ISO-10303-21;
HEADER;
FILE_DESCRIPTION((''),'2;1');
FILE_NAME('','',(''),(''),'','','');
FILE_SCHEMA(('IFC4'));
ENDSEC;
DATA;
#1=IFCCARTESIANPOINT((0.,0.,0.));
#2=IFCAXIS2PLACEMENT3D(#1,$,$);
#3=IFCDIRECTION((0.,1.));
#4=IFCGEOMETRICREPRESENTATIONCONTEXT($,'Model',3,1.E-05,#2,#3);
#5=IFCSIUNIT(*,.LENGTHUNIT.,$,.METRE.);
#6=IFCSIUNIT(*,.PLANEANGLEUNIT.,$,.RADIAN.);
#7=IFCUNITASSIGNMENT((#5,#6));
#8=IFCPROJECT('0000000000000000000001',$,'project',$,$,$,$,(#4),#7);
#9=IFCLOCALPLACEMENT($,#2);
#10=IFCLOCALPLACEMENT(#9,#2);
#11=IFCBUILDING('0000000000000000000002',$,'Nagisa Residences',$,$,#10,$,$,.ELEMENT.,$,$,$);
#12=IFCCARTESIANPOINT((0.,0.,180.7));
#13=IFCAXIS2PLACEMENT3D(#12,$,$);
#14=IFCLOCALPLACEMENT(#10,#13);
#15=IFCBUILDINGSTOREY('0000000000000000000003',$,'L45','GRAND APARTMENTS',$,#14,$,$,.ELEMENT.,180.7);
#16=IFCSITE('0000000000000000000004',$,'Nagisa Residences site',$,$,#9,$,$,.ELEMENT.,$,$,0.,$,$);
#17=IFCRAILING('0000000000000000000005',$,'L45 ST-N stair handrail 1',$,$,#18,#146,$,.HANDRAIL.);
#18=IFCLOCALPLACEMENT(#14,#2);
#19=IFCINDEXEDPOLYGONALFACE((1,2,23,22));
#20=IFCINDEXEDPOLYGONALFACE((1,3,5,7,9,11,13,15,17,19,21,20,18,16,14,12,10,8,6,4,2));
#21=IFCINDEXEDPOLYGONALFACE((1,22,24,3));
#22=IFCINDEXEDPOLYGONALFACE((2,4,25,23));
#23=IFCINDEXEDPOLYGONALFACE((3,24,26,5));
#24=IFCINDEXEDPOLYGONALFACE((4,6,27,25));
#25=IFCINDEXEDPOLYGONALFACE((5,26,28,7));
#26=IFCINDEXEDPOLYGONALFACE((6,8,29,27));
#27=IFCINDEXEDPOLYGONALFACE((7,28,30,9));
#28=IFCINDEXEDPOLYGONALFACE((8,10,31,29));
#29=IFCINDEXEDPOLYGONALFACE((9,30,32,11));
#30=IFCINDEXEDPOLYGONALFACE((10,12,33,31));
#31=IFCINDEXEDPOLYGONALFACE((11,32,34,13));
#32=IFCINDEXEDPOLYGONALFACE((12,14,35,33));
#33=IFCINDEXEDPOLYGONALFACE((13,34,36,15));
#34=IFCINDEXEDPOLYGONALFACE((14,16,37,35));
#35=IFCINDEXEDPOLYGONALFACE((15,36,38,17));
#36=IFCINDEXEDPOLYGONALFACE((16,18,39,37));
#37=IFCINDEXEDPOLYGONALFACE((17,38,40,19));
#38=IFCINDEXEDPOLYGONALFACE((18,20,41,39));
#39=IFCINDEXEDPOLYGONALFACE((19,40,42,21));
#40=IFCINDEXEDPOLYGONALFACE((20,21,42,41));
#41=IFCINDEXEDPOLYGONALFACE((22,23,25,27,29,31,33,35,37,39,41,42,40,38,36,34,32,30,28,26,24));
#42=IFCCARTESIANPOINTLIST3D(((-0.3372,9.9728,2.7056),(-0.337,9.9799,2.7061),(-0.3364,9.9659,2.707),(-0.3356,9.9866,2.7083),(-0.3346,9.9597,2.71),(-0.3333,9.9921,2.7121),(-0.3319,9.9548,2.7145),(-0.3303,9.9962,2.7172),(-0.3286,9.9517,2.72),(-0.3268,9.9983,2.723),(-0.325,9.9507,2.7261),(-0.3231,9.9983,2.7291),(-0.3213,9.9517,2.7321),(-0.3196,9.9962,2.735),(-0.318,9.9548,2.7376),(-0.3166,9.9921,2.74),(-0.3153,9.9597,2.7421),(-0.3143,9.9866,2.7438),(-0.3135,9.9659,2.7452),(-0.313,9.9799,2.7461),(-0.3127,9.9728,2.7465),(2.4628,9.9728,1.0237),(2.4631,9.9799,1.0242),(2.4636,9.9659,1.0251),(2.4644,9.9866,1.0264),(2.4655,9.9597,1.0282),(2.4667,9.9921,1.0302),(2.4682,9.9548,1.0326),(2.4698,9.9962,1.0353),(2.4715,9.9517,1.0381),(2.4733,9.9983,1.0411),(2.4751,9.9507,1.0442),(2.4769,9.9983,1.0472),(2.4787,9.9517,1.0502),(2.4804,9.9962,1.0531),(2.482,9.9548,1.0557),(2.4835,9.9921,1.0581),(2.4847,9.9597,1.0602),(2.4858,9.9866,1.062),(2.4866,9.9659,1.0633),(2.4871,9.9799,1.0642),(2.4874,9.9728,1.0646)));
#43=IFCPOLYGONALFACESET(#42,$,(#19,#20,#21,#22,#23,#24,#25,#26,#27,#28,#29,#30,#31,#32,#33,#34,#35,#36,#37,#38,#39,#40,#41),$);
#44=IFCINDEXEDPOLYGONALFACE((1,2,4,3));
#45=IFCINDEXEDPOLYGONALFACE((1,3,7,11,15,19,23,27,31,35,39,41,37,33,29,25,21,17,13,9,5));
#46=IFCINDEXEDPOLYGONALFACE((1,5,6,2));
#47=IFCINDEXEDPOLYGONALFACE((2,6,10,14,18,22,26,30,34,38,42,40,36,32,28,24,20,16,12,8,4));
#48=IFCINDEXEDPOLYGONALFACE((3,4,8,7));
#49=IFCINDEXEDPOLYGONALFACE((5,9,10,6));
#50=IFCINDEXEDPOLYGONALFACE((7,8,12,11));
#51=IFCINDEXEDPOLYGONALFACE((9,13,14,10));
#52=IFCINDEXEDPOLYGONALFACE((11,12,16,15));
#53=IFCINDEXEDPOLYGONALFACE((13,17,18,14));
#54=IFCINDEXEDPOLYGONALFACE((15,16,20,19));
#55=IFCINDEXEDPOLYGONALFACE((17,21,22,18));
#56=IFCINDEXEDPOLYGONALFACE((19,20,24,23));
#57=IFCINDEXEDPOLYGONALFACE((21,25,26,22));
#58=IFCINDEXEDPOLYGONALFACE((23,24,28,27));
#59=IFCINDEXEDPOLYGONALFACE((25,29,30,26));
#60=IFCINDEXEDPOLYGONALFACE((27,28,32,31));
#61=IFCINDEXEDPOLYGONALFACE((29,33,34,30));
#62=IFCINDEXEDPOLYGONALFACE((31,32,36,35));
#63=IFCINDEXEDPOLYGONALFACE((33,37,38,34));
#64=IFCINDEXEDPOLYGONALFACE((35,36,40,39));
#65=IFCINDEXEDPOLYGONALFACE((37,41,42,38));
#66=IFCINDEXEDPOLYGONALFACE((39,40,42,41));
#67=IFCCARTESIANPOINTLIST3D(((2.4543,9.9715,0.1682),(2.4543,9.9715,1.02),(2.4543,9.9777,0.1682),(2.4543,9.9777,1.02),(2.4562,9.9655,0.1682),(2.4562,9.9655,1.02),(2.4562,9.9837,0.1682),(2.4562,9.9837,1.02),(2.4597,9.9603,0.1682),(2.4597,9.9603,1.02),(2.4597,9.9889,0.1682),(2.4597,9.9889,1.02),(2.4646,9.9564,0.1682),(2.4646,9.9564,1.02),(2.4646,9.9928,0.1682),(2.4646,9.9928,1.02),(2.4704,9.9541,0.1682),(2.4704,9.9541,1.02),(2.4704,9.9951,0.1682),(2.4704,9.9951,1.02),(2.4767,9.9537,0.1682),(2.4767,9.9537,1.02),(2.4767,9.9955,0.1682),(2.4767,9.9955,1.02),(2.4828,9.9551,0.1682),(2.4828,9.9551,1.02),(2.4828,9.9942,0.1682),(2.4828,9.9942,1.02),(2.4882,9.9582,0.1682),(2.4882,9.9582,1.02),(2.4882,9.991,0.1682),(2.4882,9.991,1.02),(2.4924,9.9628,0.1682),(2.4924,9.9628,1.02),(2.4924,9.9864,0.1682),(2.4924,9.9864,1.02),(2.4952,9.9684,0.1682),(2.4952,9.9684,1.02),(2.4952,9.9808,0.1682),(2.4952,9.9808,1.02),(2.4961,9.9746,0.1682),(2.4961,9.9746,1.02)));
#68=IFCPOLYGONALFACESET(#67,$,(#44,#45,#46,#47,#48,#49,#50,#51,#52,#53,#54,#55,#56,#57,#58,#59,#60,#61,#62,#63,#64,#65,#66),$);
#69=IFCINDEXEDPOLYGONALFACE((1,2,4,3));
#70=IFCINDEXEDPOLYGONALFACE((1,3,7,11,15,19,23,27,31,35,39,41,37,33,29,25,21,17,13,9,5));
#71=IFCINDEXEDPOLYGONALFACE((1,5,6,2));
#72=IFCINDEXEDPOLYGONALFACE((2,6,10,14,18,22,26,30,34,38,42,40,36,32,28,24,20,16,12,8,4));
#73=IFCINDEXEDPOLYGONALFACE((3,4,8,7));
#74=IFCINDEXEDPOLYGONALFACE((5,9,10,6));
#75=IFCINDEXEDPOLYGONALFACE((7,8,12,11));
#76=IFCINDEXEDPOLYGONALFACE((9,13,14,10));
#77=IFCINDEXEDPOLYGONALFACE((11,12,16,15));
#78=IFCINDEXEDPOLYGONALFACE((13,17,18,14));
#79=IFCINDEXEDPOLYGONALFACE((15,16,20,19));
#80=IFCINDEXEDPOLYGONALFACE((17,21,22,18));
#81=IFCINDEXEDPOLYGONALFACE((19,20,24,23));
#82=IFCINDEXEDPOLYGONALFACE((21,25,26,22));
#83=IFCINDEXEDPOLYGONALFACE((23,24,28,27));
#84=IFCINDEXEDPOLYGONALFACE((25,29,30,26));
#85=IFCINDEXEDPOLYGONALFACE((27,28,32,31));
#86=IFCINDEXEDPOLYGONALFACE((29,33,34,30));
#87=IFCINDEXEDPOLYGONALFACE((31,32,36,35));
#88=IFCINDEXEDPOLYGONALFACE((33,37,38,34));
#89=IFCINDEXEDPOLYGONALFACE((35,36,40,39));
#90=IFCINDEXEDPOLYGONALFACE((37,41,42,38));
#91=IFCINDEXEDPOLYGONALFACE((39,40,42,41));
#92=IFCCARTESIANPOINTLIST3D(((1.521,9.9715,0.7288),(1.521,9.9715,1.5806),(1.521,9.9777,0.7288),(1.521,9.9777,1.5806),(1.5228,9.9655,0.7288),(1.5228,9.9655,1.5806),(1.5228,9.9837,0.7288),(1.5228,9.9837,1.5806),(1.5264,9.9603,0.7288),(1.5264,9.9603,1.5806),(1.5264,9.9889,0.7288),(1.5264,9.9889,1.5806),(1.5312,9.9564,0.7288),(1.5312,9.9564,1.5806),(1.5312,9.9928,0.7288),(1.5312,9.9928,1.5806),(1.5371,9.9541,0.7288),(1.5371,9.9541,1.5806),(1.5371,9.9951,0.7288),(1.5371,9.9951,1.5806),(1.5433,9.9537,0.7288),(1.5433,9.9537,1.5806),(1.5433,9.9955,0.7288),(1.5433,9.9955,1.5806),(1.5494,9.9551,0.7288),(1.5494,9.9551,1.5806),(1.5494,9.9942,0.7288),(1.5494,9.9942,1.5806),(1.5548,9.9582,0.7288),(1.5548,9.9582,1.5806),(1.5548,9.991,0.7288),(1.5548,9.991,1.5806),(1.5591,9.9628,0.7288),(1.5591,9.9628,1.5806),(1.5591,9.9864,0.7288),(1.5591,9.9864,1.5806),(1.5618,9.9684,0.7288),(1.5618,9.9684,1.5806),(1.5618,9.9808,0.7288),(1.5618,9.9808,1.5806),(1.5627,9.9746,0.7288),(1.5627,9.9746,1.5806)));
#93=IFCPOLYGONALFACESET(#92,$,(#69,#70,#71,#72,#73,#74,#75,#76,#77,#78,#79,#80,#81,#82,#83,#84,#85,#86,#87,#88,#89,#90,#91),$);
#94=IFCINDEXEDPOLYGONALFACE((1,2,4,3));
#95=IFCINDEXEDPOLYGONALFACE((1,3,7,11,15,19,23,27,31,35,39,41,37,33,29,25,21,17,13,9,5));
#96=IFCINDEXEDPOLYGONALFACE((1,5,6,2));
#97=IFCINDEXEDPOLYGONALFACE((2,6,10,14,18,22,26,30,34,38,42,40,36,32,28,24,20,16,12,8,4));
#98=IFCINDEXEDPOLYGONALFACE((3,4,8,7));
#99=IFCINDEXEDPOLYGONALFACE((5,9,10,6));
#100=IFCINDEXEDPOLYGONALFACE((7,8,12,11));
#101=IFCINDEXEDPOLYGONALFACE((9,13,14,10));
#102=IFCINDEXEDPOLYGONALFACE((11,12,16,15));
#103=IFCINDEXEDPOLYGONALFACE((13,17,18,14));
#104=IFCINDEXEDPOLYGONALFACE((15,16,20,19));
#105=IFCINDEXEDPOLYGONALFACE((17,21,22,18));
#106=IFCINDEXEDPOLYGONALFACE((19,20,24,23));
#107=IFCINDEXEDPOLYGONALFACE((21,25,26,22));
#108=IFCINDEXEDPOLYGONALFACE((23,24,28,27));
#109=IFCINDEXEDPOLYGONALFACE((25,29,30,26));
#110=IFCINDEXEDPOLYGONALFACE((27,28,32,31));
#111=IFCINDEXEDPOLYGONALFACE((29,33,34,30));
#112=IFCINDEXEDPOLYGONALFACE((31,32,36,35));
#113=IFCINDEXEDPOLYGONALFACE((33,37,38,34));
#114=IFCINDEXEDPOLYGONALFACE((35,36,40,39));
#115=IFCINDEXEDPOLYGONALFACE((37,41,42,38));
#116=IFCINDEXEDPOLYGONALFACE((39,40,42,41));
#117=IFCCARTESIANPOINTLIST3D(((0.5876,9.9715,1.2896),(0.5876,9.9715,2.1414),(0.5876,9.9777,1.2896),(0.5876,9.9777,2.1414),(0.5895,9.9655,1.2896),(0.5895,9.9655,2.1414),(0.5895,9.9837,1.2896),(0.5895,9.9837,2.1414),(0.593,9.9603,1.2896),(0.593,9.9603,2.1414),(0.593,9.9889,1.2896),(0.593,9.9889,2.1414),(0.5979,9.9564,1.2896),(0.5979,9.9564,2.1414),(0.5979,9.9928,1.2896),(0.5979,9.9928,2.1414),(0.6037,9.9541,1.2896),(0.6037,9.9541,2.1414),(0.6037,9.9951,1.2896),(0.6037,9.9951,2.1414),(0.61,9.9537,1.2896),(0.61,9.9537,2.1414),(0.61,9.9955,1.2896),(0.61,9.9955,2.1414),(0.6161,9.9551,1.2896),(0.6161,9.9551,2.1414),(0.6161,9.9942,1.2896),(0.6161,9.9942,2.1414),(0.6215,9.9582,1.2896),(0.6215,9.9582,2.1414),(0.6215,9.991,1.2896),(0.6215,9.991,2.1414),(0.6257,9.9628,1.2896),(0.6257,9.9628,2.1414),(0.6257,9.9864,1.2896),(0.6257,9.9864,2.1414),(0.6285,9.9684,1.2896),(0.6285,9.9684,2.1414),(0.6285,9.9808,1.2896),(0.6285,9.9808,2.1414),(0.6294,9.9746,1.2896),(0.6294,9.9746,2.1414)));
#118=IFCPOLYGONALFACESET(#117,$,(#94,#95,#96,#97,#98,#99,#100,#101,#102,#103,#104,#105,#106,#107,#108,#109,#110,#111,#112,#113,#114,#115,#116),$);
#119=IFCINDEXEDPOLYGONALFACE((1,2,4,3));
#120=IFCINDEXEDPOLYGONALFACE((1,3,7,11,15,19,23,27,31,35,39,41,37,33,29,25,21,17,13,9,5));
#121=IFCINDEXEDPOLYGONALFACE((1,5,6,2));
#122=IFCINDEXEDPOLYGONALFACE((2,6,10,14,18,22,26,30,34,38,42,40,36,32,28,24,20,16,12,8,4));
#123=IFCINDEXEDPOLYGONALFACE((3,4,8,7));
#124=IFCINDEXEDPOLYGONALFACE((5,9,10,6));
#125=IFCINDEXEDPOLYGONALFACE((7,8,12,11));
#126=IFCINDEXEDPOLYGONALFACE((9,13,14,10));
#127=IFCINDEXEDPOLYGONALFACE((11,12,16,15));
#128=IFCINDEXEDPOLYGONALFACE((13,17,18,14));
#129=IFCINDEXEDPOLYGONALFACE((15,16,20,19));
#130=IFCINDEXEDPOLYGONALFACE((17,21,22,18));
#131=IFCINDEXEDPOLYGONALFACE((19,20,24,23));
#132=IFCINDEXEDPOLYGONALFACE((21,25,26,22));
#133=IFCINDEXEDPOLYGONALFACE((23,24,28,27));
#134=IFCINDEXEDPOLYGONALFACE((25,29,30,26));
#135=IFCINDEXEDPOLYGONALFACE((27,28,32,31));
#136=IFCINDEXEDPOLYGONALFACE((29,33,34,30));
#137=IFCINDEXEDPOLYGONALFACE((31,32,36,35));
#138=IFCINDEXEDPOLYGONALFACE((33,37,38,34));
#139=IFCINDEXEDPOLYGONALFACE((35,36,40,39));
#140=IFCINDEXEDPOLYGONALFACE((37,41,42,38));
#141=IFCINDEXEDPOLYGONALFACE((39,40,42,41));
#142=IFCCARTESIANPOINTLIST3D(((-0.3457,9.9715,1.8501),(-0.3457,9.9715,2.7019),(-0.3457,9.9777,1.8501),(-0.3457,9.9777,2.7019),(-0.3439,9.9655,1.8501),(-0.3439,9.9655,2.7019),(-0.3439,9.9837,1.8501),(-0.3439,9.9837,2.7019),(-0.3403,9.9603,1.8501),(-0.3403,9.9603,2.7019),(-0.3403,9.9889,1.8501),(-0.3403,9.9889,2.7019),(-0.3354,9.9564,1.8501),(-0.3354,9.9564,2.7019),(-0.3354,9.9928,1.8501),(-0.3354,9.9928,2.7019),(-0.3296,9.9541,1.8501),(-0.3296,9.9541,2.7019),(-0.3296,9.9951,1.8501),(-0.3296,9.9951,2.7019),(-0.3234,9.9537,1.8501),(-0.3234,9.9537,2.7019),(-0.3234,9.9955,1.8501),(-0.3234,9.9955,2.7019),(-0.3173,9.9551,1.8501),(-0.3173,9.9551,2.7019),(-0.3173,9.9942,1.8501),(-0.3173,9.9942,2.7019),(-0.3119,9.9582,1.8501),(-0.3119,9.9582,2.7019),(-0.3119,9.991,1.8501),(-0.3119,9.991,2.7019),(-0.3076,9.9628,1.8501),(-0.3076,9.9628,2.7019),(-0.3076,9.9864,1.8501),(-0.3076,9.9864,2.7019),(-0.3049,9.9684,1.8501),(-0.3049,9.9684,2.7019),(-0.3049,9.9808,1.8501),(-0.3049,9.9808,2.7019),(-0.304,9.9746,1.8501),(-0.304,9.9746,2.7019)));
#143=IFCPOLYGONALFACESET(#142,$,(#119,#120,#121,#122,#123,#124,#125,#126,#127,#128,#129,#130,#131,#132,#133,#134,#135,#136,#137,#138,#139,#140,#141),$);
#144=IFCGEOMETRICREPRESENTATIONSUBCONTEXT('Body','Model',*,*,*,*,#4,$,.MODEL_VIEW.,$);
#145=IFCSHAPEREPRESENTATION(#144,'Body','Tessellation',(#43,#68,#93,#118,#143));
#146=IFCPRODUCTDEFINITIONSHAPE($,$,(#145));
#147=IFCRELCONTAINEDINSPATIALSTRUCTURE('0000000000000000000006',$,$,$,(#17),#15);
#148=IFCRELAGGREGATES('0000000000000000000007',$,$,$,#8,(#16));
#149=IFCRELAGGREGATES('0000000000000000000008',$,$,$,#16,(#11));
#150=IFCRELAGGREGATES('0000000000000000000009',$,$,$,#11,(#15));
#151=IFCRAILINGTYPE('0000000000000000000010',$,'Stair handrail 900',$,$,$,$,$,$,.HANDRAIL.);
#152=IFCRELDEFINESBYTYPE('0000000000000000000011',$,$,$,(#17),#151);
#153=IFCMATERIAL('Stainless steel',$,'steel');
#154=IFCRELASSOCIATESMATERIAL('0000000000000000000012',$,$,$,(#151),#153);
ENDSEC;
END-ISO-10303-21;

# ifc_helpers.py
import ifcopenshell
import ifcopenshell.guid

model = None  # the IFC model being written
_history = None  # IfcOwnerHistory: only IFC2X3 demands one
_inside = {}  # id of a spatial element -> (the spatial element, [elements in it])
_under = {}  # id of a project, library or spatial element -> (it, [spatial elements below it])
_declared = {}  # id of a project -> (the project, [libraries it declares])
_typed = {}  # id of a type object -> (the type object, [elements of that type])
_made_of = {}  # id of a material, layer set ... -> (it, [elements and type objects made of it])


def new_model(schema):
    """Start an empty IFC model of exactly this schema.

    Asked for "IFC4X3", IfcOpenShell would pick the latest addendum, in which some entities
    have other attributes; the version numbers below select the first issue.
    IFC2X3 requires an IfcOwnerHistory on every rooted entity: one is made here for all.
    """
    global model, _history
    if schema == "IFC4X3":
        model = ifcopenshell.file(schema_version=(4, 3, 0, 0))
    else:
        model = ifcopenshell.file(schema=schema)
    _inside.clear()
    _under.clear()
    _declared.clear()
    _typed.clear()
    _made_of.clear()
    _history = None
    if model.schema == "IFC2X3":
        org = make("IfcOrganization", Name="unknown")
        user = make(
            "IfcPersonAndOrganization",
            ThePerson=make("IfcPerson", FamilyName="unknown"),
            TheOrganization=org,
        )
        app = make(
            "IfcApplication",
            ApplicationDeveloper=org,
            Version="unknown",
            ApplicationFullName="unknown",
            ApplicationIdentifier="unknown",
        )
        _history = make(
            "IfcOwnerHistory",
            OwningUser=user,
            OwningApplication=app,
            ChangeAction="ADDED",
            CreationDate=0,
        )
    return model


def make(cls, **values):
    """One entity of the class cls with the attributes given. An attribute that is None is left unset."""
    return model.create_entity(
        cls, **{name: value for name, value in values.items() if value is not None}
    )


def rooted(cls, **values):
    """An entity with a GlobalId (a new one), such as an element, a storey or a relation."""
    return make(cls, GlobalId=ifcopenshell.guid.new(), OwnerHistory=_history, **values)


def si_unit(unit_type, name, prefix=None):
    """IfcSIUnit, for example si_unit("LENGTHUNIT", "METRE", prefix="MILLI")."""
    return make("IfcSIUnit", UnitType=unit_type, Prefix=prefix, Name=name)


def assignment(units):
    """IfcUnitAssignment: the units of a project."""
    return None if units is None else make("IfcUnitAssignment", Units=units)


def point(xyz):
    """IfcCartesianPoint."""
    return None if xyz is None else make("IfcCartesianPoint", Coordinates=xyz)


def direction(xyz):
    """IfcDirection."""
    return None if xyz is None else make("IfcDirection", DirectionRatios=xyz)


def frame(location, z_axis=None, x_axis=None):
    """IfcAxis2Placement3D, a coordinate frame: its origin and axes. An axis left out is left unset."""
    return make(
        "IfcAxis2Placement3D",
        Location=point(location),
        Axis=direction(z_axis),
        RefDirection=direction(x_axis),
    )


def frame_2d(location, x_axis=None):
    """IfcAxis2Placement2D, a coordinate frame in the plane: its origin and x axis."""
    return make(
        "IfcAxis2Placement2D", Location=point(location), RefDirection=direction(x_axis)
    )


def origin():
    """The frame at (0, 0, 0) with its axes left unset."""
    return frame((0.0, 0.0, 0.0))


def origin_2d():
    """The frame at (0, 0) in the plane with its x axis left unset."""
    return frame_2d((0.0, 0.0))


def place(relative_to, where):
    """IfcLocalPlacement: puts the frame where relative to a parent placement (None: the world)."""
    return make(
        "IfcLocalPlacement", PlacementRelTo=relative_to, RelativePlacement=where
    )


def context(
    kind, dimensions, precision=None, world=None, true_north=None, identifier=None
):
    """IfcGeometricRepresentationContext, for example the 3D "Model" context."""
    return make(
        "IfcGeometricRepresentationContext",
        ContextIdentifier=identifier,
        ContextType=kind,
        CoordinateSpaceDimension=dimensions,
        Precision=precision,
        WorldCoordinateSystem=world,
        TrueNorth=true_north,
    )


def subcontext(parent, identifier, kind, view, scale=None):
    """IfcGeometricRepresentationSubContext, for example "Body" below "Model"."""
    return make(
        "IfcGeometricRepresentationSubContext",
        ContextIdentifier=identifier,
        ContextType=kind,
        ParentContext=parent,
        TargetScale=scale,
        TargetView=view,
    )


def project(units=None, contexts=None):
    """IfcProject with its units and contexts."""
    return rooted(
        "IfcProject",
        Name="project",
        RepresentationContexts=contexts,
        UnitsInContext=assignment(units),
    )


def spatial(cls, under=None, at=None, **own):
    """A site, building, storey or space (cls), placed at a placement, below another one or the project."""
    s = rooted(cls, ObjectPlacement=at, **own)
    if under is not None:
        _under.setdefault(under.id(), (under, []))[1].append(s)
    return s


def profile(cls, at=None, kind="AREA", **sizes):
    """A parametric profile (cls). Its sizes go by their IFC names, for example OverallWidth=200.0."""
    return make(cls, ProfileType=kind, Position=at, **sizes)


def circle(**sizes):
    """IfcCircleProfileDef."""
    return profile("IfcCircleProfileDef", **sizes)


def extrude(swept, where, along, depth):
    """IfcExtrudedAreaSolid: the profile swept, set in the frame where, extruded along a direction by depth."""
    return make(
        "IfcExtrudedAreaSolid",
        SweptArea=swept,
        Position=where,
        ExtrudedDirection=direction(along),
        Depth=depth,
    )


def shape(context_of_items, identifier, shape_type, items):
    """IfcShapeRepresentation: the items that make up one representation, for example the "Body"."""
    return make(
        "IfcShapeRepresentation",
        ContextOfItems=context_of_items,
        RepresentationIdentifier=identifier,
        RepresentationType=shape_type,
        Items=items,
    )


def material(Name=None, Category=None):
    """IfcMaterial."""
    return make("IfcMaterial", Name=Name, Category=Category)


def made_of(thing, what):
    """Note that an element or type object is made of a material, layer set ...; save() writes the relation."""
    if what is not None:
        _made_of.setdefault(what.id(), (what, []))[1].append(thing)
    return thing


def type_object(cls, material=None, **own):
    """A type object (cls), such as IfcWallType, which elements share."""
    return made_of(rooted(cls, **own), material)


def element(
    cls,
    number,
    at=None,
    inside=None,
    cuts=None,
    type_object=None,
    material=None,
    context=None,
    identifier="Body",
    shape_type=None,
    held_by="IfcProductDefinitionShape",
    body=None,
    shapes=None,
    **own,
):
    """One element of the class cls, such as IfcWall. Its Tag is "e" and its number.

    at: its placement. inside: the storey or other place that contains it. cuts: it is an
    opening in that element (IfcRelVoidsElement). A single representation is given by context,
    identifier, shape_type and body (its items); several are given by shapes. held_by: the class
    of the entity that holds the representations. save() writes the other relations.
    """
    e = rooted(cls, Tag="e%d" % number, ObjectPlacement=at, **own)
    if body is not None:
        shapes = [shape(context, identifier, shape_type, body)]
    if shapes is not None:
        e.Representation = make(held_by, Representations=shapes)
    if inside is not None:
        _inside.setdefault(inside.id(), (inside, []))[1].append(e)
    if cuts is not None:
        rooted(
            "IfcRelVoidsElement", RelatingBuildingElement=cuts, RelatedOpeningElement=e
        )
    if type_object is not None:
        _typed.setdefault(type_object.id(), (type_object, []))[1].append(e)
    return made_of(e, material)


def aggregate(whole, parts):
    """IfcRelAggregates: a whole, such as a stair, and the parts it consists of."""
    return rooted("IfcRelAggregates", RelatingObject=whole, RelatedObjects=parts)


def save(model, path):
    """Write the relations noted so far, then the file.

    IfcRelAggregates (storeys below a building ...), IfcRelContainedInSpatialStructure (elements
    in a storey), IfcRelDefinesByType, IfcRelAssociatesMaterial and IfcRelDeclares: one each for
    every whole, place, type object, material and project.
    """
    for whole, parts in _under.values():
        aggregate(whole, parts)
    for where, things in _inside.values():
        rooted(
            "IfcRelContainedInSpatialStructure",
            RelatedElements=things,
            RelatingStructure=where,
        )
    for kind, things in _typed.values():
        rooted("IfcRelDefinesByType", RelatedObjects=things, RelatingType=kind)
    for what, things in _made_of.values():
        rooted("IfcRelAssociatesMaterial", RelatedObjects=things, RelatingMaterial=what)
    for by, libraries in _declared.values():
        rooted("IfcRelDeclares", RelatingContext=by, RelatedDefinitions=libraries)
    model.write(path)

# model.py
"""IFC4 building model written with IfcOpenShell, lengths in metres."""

from ifc_helpers import new_model, si_unit, direction, frame, origin, origin_2d, place, context, subcontext, project, spatial, circle, extrude, material, type_object, element, save


model = new_model("IFC4")

# Units and contexts
model_context = context("Model", 3, precision=1e-05, world=origin(), true_north=direction((0.0, 1.0)))
body_context = subcontext(model_context, "Body", "Model", "MODEL_VIEW")
ifc_project = project(units=[si_unit("LENGTHUNIT", "METRE"), si_unit("PLANEANGLEUNIT", "RADIAN")], contexts=[model_context])

# Site, building, storey
site_placement = place(None, origin())
site = spatial("IfcSite", under=ifc_project, at=site_placement, Name="Nagisa Residences site", CompositionType="ELEMENT", RefElevation=0.0)
building_placement = place(site_placement, origin())
building = spatial("IfcBuilding", under=site, at=building_placement, Name="Nagisa Residences", CompositionType="ELEMENT")
storey_placement = place(building_placement, frame((0.0, 0.0, 180.7)))
storey = spatial("IfcBuildingStorey", under=building, at=storey_placement, Name="L45", Description="GRAND APARTMENTS", CompositionType="ELEMENT", Elevation=180.7)

# Railing
ifc_material_1 = material(Name="Stainless steel", Category="steel")
railing_type_1 = type_object("IfcRailingType", Name="Stair handrail 900", PredefinedType="HANDRAIL", material=ifc_material_1)
railing_1_placement = place(storey_placement, frame((2.4751, 9.9746, 0.1682)))
element("IfcRailing", 1, at=railing_1_placement, inside=storey, type_object=railing_type_1, Name="L45 ST-N stair handrail 1", PredefinedType="HANDRAIL", context=body_context, shape_type="SweptSolid", body=[
    extrude(circle(Radius=0.0239, at=origin_2d()), frame((0.0, 0.0, 0.876), z_axis=(-0.857242, 0.0, 0.514913), x_axis=(0.0, -1.0, 0.0)), (0.0, 0.0, 1.0), 3.2664),
    extrude(circle(Radius=0.021, at=origin_2d()), origin(), (0.0, 0.0, 1.0), 0.8518),
    extrude(circle(Radius=0.021, at=origin_2d()), frame((-0.9333, 0.0, 0.5605)), (0.0, 0.0, 1.0), 0.8518),
    extrude(circle(Radius=0.021, at=origin_2d()), frame((-1.8667, 0.0, 1.1213)), (0.0, 0.0, 1.0), 0.8518),
    extrude(circle(Radius=0.021, at=origin_2d()), frame((-2.8, 0.0, 1.6819)), (0.0, 0.0, 1.0), 0.8518),
])

save(model, "model.ifc")
